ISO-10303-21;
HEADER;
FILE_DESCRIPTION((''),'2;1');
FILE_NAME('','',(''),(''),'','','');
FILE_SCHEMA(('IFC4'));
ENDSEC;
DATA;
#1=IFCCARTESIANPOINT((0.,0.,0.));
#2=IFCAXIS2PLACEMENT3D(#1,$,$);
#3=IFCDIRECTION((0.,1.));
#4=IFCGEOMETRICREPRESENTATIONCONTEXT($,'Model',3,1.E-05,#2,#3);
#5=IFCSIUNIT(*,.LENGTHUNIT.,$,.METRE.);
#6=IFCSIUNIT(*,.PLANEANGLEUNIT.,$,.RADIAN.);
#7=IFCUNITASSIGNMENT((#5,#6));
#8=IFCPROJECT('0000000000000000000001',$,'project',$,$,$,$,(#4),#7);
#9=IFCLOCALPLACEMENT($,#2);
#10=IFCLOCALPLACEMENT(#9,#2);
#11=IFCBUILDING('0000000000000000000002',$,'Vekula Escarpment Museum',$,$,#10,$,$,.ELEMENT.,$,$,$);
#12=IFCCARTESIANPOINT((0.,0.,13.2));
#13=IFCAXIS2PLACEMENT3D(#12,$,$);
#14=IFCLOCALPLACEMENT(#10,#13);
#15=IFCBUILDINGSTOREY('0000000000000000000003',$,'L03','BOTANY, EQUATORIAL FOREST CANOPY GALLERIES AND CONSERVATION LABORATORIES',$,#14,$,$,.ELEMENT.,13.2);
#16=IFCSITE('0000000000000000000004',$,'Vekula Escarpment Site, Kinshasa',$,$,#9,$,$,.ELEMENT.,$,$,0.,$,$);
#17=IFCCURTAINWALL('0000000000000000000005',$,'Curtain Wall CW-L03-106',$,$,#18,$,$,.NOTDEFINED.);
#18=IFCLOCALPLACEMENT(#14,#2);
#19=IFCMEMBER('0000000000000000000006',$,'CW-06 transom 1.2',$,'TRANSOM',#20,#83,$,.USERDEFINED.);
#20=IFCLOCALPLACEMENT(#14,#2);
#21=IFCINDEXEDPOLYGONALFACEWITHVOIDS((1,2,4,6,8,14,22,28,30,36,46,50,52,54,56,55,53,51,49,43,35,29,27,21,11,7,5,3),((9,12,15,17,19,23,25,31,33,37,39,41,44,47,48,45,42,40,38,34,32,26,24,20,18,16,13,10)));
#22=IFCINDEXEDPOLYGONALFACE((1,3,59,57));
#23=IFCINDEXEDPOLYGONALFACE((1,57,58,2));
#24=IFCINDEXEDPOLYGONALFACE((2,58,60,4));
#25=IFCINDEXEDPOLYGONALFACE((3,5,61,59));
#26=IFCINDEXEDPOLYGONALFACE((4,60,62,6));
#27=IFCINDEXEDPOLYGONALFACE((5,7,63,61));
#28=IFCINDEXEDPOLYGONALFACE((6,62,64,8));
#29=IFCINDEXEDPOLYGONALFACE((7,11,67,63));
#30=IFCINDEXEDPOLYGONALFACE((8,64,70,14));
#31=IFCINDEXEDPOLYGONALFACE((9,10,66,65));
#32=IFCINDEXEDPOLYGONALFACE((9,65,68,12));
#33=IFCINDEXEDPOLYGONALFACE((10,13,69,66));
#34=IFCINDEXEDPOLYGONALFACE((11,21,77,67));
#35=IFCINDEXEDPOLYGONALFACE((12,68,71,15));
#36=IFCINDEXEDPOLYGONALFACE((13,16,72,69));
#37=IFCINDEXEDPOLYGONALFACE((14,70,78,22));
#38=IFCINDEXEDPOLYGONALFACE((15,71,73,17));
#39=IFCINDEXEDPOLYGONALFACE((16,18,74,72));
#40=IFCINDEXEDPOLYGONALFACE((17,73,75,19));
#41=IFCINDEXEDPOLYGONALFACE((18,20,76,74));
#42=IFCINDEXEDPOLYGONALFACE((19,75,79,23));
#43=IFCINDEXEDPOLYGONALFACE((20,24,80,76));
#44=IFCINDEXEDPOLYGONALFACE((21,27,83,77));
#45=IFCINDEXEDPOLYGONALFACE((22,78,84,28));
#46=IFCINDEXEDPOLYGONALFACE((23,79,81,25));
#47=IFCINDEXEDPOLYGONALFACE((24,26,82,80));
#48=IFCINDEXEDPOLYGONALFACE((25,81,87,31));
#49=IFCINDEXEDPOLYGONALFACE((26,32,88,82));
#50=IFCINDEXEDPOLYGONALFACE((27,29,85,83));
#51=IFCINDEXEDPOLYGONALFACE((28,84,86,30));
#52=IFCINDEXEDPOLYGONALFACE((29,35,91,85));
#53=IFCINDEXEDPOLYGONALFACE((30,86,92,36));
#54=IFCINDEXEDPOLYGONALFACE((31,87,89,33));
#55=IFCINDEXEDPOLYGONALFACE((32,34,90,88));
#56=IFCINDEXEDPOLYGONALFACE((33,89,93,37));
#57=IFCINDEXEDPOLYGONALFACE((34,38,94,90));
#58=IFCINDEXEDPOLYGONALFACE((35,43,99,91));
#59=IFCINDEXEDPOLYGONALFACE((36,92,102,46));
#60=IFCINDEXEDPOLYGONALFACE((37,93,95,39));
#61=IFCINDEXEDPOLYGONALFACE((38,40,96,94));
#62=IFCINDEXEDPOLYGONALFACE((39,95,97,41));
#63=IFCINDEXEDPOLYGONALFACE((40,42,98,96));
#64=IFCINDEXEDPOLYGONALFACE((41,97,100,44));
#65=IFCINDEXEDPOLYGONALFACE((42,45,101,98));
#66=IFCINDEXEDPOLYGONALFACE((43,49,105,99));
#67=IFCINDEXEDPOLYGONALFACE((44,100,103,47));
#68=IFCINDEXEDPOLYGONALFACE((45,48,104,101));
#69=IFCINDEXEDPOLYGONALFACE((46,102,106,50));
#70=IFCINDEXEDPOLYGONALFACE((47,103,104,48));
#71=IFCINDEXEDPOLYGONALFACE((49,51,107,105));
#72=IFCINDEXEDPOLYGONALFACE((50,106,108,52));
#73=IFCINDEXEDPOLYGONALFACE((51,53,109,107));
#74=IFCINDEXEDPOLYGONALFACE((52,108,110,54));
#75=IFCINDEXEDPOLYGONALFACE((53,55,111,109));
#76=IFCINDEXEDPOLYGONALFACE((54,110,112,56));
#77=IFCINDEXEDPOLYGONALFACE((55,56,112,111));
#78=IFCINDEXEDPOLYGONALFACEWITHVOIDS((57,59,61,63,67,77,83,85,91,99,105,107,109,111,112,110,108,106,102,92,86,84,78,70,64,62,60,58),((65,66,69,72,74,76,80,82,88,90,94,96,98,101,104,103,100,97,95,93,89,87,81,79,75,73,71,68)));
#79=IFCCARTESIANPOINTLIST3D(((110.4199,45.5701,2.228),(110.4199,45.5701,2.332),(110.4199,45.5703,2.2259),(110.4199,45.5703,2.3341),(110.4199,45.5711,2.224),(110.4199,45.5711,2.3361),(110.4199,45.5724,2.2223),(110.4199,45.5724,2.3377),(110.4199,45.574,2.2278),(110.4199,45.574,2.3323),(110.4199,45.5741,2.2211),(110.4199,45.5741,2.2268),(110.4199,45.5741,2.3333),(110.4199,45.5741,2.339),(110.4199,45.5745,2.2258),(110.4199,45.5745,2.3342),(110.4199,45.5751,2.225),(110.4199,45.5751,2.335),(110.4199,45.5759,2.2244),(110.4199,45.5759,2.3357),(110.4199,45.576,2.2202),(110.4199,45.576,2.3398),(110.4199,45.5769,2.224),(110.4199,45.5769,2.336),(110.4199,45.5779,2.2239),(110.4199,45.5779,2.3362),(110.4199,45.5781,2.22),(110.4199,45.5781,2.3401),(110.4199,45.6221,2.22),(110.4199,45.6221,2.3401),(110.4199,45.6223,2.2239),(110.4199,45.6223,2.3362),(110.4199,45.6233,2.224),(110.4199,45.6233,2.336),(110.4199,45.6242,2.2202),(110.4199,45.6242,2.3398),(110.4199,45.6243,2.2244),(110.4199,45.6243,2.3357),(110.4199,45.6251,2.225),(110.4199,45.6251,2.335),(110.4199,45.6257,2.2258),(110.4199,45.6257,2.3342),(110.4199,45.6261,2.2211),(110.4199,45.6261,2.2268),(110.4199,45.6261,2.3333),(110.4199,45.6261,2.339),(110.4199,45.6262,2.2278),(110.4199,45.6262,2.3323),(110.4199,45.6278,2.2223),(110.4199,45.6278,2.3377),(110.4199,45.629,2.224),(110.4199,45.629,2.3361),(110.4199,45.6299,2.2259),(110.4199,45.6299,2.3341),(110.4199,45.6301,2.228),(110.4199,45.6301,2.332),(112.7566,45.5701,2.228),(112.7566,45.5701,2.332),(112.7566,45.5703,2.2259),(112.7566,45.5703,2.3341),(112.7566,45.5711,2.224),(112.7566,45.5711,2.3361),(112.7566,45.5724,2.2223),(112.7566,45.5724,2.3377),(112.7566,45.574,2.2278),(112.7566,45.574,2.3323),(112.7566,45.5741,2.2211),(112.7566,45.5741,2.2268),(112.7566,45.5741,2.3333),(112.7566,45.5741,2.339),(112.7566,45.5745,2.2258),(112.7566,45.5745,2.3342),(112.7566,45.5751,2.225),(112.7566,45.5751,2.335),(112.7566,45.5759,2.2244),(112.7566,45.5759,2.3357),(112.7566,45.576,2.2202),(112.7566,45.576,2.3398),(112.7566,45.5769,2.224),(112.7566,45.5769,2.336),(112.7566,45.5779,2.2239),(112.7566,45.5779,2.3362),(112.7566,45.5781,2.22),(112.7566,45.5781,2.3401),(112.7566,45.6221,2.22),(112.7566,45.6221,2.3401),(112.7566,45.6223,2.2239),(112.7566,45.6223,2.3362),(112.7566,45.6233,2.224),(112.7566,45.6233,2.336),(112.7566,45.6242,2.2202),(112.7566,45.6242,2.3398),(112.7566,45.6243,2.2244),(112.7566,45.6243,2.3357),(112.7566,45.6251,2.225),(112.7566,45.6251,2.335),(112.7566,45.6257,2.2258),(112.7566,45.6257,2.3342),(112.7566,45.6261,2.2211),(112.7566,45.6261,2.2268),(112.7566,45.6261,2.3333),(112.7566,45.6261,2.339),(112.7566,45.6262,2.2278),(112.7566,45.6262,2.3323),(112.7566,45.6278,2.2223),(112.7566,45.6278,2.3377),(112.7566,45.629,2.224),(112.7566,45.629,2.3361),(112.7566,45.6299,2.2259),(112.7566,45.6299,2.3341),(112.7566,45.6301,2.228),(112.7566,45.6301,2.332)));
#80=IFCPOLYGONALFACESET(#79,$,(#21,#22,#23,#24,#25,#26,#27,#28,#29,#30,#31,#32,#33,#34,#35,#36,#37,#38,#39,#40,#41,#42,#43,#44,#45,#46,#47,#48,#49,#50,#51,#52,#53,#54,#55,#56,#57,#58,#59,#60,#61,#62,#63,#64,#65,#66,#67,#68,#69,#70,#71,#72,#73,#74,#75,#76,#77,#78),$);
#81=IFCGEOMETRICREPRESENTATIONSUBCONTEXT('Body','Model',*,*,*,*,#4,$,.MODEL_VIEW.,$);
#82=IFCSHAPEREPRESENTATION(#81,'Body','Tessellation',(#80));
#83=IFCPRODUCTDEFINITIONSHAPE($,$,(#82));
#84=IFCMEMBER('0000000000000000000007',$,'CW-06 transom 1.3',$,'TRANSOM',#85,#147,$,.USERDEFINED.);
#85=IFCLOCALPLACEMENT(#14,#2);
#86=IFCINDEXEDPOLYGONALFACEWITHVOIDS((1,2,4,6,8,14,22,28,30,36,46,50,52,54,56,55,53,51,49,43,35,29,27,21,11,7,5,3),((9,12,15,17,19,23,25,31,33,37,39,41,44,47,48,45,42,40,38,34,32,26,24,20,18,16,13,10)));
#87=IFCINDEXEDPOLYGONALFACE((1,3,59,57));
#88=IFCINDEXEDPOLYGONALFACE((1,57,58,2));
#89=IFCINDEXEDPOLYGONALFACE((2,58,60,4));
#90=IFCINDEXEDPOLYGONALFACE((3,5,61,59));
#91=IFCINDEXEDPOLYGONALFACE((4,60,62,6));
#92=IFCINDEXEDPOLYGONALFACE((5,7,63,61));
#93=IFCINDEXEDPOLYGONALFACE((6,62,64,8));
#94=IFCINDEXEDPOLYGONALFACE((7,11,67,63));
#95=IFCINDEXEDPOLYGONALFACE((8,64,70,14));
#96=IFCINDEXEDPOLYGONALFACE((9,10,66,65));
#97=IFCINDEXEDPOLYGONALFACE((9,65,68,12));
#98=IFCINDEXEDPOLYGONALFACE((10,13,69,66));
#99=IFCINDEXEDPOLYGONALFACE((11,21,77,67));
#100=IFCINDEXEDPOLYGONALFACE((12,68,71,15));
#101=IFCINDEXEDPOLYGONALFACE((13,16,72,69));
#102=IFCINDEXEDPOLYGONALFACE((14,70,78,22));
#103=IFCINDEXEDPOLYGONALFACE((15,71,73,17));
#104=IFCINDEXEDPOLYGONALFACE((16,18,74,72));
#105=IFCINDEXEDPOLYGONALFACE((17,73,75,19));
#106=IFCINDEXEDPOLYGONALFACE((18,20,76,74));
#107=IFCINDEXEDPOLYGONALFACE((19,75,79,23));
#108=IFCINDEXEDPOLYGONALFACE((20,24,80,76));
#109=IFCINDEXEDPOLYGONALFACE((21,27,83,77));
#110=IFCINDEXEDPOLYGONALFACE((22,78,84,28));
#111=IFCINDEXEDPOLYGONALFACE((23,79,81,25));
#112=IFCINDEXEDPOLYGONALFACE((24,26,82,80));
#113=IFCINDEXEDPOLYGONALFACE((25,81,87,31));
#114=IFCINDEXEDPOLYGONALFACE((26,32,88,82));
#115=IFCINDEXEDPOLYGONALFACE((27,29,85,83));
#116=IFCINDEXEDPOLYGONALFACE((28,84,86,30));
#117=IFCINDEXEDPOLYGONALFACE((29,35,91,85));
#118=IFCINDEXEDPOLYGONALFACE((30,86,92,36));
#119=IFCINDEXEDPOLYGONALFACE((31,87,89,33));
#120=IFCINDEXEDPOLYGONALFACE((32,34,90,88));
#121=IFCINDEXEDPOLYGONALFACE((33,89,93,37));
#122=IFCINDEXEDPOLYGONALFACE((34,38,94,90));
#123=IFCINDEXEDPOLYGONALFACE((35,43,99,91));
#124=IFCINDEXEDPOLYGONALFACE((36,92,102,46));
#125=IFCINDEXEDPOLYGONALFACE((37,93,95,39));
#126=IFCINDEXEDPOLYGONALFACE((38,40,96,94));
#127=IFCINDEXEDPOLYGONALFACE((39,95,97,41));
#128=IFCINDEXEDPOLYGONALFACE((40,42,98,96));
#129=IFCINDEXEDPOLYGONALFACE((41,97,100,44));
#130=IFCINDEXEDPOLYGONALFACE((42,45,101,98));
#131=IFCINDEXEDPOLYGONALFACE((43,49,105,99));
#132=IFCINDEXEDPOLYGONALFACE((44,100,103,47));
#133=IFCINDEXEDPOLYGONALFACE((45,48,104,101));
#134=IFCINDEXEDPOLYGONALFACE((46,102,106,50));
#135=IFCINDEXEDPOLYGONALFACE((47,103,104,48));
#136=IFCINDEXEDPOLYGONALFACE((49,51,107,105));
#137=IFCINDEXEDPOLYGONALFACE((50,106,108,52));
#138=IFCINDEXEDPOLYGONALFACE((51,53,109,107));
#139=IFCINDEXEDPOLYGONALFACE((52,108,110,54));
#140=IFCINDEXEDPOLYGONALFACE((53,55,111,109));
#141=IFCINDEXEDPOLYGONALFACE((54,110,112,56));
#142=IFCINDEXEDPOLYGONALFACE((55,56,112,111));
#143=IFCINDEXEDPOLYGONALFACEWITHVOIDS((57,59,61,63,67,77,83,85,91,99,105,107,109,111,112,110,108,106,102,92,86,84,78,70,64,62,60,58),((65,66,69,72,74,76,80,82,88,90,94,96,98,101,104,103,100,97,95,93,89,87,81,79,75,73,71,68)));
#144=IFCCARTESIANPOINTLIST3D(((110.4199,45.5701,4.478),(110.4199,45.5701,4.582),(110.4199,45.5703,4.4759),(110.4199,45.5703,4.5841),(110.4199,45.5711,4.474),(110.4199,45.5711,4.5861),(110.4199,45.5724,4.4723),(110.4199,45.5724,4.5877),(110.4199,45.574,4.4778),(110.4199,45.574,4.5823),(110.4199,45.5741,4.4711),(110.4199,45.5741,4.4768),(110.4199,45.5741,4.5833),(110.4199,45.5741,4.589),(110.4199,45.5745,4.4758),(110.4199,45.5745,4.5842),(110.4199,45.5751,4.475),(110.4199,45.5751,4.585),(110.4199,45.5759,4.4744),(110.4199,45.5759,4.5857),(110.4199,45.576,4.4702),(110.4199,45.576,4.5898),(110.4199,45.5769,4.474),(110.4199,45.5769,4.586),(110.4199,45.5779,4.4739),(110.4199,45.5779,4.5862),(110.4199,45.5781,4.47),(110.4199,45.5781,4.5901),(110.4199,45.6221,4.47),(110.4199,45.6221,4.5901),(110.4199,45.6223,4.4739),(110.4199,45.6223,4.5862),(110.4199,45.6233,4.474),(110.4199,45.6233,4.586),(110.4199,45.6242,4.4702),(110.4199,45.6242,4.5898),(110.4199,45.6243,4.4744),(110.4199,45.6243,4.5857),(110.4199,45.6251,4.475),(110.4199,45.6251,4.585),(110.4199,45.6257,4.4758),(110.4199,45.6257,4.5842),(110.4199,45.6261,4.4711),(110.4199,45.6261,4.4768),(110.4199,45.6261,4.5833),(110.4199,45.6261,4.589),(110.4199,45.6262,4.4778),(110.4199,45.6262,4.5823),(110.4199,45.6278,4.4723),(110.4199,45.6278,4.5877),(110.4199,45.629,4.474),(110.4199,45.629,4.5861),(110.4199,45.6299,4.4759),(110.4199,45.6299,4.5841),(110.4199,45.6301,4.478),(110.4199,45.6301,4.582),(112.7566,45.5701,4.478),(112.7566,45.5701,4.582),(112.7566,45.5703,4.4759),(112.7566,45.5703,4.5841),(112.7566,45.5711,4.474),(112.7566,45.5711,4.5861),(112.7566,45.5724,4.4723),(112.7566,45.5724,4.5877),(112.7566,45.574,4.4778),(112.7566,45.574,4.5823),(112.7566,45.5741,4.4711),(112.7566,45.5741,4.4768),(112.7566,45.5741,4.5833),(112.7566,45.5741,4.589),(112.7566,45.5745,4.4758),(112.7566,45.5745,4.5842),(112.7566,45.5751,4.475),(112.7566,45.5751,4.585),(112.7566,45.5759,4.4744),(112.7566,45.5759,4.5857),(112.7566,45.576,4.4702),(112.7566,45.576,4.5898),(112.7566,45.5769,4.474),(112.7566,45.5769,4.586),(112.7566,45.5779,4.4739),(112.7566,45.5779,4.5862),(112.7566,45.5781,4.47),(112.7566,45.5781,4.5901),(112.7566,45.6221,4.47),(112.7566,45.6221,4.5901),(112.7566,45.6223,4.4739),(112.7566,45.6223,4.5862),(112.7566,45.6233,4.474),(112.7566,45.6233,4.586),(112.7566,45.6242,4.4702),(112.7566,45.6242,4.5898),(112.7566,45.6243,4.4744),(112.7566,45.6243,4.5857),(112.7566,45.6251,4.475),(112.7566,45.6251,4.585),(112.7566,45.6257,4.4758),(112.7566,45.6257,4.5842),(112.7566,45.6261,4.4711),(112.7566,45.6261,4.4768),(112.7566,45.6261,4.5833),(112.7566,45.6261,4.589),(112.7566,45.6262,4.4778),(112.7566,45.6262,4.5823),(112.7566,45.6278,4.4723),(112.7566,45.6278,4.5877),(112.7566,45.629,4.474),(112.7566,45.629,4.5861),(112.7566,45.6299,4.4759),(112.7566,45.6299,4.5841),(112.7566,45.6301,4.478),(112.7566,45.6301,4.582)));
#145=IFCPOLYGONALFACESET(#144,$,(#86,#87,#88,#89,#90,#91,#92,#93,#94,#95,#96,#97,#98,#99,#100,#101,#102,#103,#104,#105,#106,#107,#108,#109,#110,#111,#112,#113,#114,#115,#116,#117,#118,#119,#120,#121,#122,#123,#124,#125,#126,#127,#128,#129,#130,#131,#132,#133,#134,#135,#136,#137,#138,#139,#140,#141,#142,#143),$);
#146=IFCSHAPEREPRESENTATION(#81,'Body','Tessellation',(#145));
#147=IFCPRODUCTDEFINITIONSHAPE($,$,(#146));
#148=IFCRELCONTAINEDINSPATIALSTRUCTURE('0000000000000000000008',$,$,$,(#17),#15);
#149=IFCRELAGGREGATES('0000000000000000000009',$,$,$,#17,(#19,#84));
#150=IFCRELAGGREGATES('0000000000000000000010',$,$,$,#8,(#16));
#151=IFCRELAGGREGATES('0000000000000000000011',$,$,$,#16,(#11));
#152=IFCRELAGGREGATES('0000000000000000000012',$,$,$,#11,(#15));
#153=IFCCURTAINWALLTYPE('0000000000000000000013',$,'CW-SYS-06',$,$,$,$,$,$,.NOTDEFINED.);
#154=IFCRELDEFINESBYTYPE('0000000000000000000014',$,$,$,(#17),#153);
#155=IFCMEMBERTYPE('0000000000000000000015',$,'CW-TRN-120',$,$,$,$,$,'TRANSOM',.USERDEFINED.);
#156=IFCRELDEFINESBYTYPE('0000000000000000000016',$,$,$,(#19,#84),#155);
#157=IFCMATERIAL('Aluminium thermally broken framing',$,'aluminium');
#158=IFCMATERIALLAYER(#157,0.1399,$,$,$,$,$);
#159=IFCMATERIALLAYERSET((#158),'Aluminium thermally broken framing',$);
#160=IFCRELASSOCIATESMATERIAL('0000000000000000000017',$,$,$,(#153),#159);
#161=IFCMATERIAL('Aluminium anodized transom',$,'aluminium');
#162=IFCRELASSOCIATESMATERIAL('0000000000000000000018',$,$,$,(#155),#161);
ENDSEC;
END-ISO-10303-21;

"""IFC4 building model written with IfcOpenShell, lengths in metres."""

from ifc_helpers import new_model, si_unit, direction, frame, origin, origin_2d, place, context, subcontext, project, spatial, hollow_rectangle, extrude, material, layer, layer_set, material_profile, profile_set, type_object, element, aggregate, save


model = new_model("IFC4")

# Units and contexts
model_context = context("Model", 3, precision=1e-05, world=origin(), true_north=direction((0.0, 1.0)))
body_context = subcontext(model_context, "Body", "Model", "MODEL_VIEW")
ifc_project = project(units=[si_unit("LENGTHUNIT", "METRE"), si_unit("PLANEANGLEUNIT", "RADIAN")], contexts=[model_context])

# Site, building, storey
site_placement = place(None, origin())
site = spatial("IfcSite", under=ifc_project, at=site_placement, Name="Vekula Escarpment Site, Kinshasa", CompositionType="ELEMENT", RefElevation=0.0)
building_placement = place(site_placement, origin())
building = spatial("IfcBuilding", under=site, at=building_placement, Name="Vekula Escarpment Museum", CompositionType="ELEMENT")
storey_placement = place(building_placement, frame((0.0, 0.0, 13.2)))
storey = spatial("IfcBuildingStorey", under=building, at=storey_placement, Name="L03", Description="BOTANY, EQUATORIAL FOREST CANOPY GALLERIES AND CONSERVATION LABORATORIES", CompositionType="ELEMENT", Elevation=13.2)

# Curtain wall, members
ifc_material_1 = material(Name="Aluminium thermally broken framing", Category="aluminium")
ifc_layer_1 = layer(ifc_material_1, 0.1399)
ifc_layer_set_1 = layer_set([ifc_layer_1], Name="Aluminium thermally broken framing")
curtain_wall_type_1 = type_object("IfcCurtainWallType", Name="CW-SYS-06", PredefinedType="NOTDEFINED", material=ifc_layer_set_1)
curtain_wall_1_placement = place(storey_placement, origin())
curtain_wall_1 = element("IfcCurtainWall", 1, at=curtain_wall_1_placement, inside=storey, type_object=curtain_wall_type_1, Name="Curtain Wall CW-L03-106", PredefinedType="NOTDEFINED")
ifc_material_2 = material(Name="Aluminium anodized transom", Category="aluminium")
ifc_material_profile_1 = material_profile(ifc_material_2, hollow_rectangle(XDim=0.0601, YDim=0.1201, WallThickness=0.0039, InnerFilletRadius=0.0039, OuterFilletRadius=0.0081, at=origin_2d()), Name="ALU 120x60x4")
ifc_profile_set_1 = profile_set([ifc_material_profile_1], Name="Aluminium anodized transom")
member_type_1 = type_object("IfcMemberType", Name="CW-TRN-120", ElementType="TRANSOM", PredefinedType="USERDEFINED", material=ifc_profile_set_1)
member_1_placement = place(storey_placement, frame((110.4199, 45.6001, 2.28), z_axis=(1.0, 0.0, 0.0), x_axis=(0.0, 1.0, 0.0)))
member_1 = element("IfcMember", 2, at=member_1_placement, type_object=member_type_1, Name="CW-06 transom 1.2", ObjectType="TRANSOM", PredefinedType="USERDEFINED", context=body_context, shape_type="SweptSolid", body=[
    extrude(hollow_rectangle(XDim=0.0601, YDim=0.1201, WallThickness=0.0039, InnerFilletRadius=0.0039, OuterFilletRadius=0.0081, at=origin_2d()), origin(), (0.0, 0.0, 1.0), 2.3367),
])
member_2_placement = place(storey_placement, frame((110.4199, 45.6001, 4.53), z_axis=(1.0, 0.0, 0.0), x_axis=(0.0, 1.0, 0.0)))
member_2 = element("IfcMember", 3, at=member_2_placement, type_object=member_type_1, Name="CW-06 transom 1.3", ObjectType="TRANSOM", PredefinedType="USERDEFINED", context=body_context, shape_type="SweptSolid", body=[
    extrude(hollow_rectangle(XDim=0.0601, YDim=0.1201, WallThickness=0.0039, InnerFilletRadius=0.0039, OuterFilletRadius=0.0081, at=origin_2d()), origin(), (0.0, 0.0, 1.0), 2.3367),
])
aggregate(curtain_wall_1, [member_1, member_2])

save(model, "model.ifc")
